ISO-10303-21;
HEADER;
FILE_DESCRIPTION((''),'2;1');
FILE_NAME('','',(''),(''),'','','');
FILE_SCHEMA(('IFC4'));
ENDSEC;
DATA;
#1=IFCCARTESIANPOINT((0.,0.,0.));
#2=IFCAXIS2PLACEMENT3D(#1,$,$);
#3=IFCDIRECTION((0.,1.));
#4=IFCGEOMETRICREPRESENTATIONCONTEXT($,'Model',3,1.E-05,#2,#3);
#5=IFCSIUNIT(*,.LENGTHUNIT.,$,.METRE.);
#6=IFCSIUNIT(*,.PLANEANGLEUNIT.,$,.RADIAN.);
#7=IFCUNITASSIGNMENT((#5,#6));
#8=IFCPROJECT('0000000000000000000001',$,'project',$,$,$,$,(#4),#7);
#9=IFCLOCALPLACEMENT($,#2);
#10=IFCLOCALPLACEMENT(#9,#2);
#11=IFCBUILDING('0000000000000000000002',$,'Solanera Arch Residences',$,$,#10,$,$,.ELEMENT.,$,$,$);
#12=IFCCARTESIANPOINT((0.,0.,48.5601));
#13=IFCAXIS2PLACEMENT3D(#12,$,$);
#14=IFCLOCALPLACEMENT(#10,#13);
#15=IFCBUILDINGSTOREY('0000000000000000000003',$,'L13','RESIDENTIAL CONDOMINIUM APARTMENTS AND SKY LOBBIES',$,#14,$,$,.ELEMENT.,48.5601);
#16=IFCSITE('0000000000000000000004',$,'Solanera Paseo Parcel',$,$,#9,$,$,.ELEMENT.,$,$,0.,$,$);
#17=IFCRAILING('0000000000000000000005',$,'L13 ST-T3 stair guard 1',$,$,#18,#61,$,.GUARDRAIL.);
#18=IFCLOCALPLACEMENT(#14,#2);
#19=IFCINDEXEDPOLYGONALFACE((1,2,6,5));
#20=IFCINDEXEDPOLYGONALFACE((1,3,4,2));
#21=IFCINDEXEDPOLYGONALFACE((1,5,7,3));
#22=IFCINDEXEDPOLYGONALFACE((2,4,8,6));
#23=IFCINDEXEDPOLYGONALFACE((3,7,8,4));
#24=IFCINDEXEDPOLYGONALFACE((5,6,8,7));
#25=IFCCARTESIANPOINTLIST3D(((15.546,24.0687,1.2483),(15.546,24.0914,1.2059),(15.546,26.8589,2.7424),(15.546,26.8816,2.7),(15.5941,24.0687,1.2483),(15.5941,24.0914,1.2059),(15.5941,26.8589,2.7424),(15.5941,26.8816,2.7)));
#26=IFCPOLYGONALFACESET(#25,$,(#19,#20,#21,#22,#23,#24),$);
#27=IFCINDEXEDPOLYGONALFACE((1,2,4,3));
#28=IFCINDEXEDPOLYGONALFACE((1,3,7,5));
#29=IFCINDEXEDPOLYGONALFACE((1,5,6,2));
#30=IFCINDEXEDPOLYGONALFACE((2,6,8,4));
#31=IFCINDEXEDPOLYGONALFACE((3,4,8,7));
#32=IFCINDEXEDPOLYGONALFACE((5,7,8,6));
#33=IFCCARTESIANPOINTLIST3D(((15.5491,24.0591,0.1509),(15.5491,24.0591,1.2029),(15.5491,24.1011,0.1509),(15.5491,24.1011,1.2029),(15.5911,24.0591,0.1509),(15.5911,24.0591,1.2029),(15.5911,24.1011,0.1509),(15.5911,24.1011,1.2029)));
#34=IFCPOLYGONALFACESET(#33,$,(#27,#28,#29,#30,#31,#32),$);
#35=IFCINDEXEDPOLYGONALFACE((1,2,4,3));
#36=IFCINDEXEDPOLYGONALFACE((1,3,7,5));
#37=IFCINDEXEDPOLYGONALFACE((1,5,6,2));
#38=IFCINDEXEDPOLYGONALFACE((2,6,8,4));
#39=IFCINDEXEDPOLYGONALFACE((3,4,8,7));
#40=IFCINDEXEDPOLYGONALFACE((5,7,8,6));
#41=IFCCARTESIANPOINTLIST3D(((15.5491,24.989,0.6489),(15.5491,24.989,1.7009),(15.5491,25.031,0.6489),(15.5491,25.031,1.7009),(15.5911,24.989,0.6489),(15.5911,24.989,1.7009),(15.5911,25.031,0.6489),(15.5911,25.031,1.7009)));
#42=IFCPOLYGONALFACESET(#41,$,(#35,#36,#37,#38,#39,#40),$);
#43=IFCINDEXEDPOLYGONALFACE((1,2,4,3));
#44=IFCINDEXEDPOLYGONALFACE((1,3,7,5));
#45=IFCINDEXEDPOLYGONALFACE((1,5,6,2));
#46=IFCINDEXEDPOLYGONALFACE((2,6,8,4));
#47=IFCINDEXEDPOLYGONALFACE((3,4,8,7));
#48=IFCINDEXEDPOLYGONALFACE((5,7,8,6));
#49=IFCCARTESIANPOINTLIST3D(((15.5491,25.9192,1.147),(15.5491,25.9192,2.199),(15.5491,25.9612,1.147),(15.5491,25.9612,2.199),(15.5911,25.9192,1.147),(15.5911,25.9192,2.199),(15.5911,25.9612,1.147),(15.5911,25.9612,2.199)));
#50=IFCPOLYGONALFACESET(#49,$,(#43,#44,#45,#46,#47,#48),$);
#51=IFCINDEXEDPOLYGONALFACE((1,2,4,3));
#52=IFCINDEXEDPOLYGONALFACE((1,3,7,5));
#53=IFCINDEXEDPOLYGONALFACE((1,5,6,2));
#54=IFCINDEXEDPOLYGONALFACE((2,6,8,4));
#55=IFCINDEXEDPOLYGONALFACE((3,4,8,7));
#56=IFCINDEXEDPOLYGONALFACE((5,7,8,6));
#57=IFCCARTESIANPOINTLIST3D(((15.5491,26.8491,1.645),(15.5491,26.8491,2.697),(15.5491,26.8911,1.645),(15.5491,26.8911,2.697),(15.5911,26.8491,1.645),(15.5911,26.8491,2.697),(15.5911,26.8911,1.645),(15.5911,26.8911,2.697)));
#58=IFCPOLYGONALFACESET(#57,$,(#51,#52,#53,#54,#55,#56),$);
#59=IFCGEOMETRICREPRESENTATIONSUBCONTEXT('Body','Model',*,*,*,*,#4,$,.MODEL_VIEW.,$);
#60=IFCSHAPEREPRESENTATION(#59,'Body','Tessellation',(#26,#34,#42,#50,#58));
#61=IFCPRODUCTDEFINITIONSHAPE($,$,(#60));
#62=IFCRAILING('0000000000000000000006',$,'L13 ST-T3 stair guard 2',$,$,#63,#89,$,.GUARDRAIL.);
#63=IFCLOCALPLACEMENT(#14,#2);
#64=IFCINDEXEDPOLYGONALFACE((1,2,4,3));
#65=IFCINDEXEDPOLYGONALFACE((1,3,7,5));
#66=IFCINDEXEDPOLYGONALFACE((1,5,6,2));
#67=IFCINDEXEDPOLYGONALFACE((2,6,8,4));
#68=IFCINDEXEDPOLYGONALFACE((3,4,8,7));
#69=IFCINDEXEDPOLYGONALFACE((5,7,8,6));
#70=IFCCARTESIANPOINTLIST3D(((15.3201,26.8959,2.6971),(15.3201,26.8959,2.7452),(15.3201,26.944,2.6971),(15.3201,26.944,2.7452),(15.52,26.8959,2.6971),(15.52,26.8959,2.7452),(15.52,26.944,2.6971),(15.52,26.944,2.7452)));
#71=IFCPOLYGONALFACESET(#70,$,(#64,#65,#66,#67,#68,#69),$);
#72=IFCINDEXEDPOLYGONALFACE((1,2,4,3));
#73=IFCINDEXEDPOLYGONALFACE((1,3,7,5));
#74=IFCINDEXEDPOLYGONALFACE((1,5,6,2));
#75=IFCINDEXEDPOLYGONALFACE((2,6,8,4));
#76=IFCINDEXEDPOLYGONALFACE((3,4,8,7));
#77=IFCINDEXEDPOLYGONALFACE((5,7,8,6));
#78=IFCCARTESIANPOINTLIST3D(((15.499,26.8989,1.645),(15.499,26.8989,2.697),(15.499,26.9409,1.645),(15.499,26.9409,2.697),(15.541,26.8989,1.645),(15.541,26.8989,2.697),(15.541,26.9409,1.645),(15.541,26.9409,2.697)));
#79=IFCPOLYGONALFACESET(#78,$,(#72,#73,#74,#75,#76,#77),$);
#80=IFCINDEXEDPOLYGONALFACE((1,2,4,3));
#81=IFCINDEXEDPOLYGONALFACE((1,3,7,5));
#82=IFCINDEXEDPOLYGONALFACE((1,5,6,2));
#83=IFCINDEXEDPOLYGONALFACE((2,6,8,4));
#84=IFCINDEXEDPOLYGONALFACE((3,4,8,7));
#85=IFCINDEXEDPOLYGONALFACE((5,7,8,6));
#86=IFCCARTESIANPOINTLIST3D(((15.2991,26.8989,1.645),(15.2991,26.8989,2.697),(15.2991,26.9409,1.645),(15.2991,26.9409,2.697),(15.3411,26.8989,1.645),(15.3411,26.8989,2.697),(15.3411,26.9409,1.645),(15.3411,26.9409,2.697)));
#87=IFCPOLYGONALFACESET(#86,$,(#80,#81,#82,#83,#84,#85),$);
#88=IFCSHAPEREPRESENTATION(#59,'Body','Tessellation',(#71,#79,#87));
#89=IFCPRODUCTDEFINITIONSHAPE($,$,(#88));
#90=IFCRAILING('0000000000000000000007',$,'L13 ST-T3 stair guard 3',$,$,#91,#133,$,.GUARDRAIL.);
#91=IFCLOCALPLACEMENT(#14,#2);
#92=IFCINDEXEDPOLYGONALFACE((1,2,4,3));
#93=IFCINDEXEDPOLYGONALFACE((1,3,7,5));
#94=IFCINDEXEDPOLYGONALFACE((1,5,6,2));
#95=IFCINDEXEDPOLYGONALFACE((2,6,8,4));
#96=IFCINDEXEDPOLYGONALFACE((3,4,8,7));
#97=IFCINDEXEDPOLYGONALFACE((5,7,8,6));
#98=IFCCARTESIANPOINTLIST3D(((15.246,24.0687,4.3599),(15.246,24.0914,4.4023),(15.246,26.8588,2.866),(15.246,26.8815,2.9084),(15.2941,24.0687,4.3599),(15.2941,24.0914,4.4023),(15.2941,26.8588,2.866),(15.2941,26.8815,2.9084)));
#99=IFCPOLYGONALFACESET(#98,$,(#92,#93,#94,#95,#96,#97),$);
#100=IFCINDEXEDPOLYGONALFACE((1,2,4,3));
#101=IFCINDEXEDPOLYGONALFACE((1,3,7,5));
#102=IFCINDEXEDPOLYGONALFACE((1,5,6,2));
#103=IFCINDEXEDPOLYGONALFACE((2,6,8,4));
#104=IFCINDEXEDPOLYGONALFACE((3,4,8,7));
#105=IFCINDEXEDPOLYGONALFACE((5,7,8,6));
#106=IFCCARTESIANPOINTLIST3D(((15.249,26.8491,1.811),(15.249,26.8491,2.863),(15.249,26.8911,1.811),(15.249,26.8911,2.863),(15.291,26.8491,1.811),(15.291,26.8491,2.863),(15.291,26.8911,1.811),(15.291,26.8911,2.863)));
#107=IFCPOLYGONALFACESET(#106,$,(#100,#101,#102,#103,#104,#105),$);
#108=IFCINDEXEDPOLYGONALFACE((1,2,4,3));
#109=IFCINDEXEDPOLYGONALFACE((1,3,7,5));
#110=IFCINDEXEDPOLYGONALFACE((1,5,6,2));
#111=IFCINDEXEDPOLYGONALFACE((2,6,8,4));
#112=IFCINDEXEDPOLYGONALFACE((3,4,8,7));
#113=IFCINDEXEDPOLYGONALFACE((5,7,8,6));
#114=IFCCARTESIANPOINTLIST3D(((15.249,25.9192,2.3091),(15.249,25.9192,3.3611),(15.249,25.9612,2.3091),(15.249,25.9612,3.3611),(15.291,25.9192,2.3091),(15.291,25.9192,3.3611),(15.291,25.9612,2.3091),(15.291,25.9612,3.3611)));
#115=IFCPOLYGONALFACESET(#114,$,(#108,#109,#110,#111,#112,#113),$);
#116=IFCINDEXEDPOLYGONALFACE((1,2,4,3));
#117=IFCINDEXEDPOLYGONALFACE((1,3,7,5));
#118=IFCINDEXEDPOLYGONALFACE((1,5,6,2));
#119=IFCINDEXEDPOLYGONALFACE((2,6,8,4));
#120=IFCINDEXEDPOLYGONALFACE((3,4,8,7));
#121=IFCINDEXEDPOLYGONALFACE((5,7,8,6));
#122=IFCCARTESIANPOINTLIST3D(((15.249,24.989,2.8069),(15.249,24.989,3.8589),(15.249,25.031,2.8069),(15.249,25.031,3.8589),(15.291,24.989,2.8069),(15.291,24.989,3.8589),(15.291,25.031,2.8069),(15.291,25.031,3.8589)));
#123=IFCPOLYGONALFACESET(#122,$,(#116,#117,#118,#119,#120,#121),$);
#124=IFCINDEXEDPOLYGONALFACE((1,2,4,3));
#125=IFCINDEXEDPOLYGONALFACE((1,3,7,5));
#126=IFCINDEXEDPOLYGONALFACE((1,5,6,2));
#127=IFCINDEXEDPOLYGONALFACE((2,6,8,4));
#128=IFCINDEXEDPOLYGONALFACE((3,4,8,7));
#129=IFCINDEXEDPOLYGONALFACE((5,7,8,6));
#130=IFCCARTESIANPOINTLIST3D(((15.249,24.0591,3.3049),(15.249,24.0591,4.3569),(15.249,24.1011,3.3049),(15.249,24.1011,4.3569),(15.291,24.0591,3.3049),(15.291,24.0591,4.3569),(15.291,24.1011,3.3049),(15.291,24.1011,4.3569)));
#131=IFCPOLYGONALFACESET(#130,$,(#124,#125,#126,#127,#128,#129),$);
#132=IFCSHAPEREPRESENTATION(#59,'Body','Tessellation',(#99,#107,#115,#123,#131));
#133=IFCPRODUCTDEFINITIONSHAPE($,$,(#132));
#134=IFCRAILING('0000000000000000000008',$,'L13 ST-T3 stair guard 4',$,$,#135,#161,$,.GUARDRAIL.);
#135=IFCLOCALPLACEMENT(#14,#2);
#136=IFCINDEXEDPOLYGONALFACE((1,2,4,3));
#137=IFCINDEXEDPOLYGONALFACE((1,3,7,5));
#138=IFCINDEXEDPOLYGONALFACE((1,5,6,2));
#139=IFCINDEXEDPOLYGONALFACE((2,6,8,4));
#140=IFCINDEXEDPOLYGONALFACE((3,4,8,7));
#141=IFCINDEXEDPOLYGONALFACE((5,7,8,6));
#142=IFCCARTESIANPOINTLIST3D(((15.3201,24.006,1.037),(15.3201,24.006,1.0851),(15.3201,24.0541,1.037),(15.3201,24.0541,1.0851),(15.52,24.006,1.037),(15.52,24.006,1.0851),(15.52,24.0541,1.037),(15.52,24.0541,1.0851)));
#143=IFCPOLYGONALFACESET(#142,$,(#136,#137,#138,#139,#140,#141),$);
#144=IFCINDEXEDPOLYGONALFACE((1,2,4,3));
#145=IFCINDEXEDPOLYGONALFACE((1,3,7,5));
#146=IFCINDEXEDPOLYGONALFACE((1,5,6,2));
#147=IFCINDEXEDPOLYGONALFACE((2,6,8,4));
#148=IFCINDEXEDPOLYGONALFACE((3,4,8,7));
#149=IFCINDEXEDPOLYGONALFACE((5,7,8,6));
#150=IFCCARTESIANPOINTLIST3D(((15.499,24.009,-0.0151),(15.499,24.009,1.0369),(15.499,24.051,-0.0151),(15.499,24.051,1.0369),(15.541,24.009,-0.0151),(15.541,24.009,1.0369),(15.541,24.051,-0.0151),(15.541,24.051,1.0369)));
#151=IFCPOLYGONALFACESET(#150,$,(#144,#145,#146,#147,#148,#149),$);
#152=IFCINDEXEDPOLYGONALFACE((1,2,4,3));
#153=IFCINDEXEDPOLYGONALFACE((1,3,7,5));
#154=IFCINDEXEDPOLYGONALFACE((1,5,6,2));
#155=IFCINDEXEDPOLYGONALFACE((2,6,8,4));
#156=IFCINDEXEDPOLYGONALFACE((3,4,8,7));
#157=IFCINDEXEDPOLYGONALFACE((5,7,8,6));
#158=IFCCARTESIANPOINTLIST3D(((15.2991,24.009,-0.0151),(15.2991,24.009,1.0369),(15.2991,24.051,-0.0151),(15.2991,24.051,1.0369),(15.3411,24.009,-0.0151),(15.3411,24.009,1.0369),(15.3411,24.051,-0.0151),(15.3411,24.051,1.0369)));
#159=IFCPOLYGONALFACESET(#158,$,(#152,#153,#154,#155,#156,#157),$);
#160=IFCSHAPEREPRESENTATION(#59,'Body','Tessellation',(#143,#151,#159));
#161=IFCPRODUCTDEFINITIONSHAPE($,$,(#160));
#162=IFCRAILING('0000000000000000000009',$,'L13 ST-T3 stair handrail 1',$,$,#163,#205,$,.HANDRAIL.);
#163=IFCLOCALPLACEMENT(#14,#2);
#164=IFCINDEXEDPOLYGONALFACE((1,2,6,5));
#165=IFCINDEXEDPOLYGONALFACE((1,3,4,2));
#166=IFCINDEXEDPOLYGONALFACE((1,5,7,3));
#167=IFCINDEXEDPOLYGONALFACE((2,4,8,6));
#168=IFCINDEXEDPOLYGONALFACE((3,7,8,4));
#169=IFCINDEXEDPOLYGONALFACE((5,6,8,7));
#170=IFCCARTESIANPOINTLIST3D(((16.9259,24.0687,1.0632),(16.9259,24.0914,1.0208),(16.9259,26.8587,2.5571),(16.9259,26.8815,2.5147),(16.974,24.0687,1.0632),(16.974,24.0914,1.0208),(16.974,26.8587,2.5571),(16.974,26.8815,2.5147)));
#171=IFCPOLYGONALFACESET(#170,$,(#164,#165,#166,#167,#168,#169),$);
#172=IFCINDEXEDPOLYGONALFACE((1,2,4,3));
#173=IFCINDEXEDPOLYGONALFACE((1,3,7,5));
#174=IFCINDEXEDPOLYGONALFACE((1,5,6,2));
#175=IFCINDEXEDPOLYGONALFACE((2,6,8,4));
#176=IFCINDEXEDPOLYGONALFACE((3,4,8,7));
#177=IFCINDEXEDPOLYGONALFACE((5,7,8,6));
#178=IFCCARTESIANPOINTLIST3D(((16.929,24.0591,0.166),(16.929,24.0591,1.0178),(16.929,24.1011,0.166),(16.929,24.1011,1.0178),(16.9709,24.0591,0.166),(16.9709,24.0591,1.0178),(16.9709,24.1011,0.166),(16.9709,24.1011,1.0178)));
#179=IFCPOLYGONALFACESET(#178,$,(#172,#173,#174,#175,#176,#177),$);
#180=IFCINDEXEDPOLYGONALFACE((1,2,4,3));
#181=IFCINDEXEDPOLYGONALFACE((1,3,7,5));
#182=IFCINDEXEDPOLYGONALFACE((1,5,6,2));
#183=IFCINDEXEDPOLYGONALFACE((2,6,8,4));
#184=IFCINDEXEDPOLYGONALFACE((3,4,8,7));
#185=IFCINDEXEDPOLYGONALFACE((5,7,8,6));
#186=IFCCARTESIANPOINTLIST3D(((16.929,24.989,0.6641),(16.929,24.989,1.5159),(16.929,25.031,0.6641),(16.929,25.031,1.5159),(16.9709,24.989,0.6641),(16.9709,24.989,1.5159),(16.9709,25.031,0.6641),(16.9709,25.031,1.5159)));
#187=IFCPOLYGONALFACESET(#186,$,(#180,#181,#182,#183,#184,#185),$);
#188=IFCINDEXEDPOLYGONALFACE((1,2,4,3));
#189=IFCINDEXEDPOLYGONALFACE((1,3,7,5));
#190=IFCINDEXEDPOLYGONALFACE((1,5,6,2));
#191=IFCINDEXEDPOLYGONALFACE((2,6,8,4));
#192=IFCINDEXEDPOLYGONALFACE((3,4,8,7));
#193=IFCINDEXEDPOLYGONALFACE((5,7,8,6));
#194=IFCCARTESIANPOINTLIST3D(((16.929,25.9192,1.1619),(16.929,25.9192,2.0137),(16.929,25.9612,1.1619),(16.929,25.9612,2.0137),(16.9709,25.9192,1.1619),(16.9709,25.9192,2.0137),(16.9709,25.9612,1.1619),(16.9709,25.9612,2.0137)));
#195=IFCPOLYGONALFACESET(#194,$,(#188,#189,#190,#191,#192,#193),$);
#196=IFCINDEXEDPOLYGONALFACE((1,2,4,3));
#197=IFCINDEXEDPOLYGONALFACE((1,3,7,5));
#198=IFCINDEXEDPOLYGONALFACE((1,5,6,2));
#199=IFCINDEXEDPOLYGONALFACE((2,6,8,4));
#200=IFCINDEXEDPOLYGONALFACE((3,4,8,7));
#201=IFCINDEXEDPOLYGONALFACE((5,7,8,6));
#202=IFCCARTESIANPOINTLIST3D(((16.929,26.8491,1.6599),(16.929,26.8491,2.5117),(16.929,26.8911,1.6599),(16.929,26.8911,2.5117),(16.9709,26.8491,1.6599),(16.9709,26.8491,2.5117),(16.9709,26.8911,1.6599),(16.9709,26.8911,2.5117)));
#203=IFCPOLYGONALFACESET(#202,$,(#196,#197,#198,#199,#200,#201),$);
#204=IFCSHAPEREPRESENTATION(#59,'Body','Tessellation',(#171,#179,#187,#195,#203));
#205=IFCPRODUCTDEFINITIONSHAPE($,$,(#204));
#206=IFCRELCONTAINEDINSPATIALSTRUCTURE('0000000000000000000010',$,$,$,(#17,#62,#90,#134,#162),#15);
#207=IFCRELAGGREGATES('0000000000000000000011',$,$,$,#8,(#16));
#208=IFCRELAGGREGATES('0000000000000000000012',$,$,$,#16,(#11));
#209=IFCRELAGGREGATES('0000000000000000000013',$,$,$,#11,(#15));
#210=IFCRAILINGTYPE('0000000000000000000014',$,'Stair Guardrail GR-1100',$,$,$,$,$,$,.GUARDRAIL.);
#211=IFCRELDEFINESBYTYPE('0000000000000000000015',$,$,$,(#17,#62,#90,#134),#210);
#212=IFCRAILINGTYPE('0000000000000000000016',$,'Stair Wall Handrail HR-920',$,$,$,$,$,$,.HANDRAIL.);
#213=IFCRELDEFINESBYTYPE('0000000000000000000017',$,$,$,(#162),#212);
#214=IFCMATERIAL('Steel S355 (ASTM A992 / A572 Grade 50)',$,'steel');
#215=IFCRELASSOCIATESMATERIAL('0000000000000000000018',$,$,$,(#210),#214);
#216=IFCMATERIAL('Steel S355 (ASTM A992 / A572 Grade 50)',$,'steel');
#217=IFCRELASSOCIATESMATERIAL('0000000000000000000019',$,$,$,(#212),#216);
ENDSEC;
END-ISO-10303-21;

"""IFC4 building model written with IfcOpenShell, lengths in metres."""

from ifc_helpers import new_model, si_unit, direction, frame, origin, origin_2d, place, context, subcontext, project, spatial, rectangle, extrude, material, type_object, element, save


model = new_model("IFC4")

# Units and contexts
model_context = context("Model", 3, precision=1e-05, world=origin(), true_north=direction((0.0, 1.0)))
body_context = subcontext(model_context, "Body", "Model", "MODEL_VIEW")
ifc_project = project(units=[si_unit("LENGTHUNIT", "METRE"), si_unit("PLANEANGLEUNIT", "RADIAN")], contexts=[model_context])

# Site, building, storey
site_placement = place(None, origin())
site = spatial("IfcSite", under=ifc_project, at=site_placement, Name="Solanera Paseo Parcel", CompositionType="ELEMENT", RefElevation=0.0)
building_placement = place(site_placement, origin())
building = spatial("IfcBuilding", under=site, at=building_placement, Name="Solanera Arch Residences", CompositionType="ELEMENT")
storey_placement = place(building_placement, frame((0.0, 0.0, 48.5601)))
storey = spatial("IfcBuildingStorey", under=building, at=storey_placement, Name="L13", Description="RESIDENTIAL CONDOMINIUM APARTMENTS AND SKY LOBBIES", CompositionType="ELEMENT", Elevation=48.5601)

# Railings
ifc_material_1 = material(Name="Steel S355 (ASTM A992 / A572 Grade 50)", Category="steel")
railing_type_1 = type_object("IfcRailingType", Name="Stair Guardrail GR-1100", PredefinedType="GUARDRAIL", material=ifc_material_1)
railing_1_placement = place(storey_placement, frame((15.5701, 24.0801, 0.1509)))
element("IfcRailing", 1, at=railing_1_placement, inside=storey, type_object=railing_type_1, Name="L13 ST-T3 stair guard 1", PredefinedType="GUARDRAIL", context=body_context, shape_type="SweptSolid", body=[
    extrude(rectangle(XDim=0.0481, YDim=0.0481, at=origin_2d()), frame((0.0, 0.0, 1.0762), z_axis=(0.0, 0.881549, 0.472093), x_axis=(-1.0, 0.0, 0.0)), (0.0, 0.0, 1.0), 3.165),
    extrude(rectangle(XDim=0.042, YDim=0.042, at=origin_2d()), origin(), (0.0, 0.0, 1.0), 1.052),
    extrude(rectangle(XDim=0.042, YDim=0.042, at=origin_2d()), frame((0.0, 0.9299, 0.498)), (0.0, 0.0, 1.0), 1.052),
    extrude(rectangle(XDim=0.042, YDim=0.042, at=origin_2d()), frame((0.0, 1.8601, 0.9961)), (0.0, 0.0, 1.0), 1.052),
    extrude(rectangle(XDim=0.042, YDim=0.042, at=origin_2d()), frame((0.0, 2.79, 1.4941)), (0.0, 0.0, 1.0), 1.052),
])
railing_2_placement = place(storey_placement, frame((15.52, 26.9199, 1.645)))
element("IfcRailing", 2, at=railing_2_placement, inside=storey, type_object=railing_type_1, Name="L13 ST-T3 stair guard 2", PredefinedType="GUARDRAIL", context=body_context, shape_type="SweptSolid", body=[
    extrude(rectangle(XDim=0.0481, YDim=0.0481, at=origin_2d()), frame((0.0, 0.0, 1.0762), z_axis=(-1.0, 0.0, 0.0), x_axis=(0.0, -1.0, 0.0)), (0.0, 0.0, 1.0), 0.2),
    extrude(rectangle(XDim=0.042, YDim=0.042, at=origin_2d()), origin(), (0.0, 0.0, 1.0), 1.052),
    extrude(rectangle(XDim=0.042, YDim=0.042, at=origin_2d()), frame((-0.2, 0.0, 0.0)), (0.0, 0.0, 1.0), 1.052),
])
railing_3_placement = place(storey_placement, frame((15.27, 26.8701, 1.811)))
element("IfcRailing", 3, at=railing_3_placement, inside=storey, type_object=railing_type_1, Name="L13 ST-T3 stair guard 3", PredefinedType="GUARDRAIL", context=body_context, shape_type="SweptSolid", body=[
    extrude(rectangle(XDim=0.0481, YDim=0.0481, at=origin_2d()), frame((0.0, 0.0, 1.0762), z_axis=(0.0, -0.881581, 0.472033), x_axis=(1.0, 0.0, 0.0)), (0.0, 0.0, 1.0), 3.1648),
    extrude(rectangle(XDim=0.042, YDim=0.042, at=origin_2d()), origin(), (0.0, 0.0, 1.0), 1.052),
    extrude(rectangle(XDim=0.042, YDim=0.042, at=origin_2d()), frame((0.0, -0.9299, 0.498)), (0.0, 0.0, 1.0), 1.052),
    extrude(rectangle(XDim=0.042, YDim=0.042, at=origin_2d()), frame((0.0, -1.8601, 0.9958)), (0.0, 0.0, 1.0), 1.052),
    extrude(rectangle(XDim=0.042, YDim=0.042, at=origin_2d()), frame((0.0, -2.79, 1.4939)), (0.0, 0.0, 1.0), 1.052),
])
railing_4_placement = place(storey_placement, frame((15.52, 24.03, -0.0151)))
element("IfcRailing", 4, at=railing_4_placement, inside=storey, type_object=railing_type_1, Name="L13 ST-T3 stair guard 4", PredefinedType="GUARDRAIL", context=body_context, shape_type="SweptSolid", body=[
    extrude(rectangle(XDim=0.0481, YDim=0.0481, at=origin_2d()), frame((0.0, 0.0, 1.0762), z_axis=(-1.0, 0.0, 0.0), x_axis=(0.0, -1.0, 0.0)), (0.0, 0.0, 1.0), 0.2),
    extrude(rectangle(XDim=0.042, YDim=0.042, at=origin_2d()), origin(), (0.0, 0.0, 1.0), 1.052),
    extrude(rectangle(XDim=0.042, YDim=0.042, at=origin_2d()), frame((-0.2, 0.0, 0.0)), (0.0, 0.0, 1.0), 1.052),
])
ifc_material_2 = material(Name="Steel S355 (ASTM A992 / A572 Grade 50)", Category="steel")
railing_type_2 = type_object("IfcRailingType", Name="Stair Wall Handrail HR-920", PredefinedType="HANDRAIL", material=ifc_material_2)
railing_5_placement = place(storey_placement, frame((16.95, 24.0801, 0.166)))
element("IfcRailing", 5, at=railing_5_placement, inside=storey, type_object=railing_type_2, Name="L13 ST-T3 stair handrail 1", PredefinedType="HANDRAIL", context=body_context, shape_type="SweptSolid", body=[
    extrude(rectangle(XDim=0.0481, YDim=0.0481, at=origin_2d()), frame((0.0, 0.0, 0.876), z_axis=(0.0, 0.881581, 0.472033), x_axis=(-1.0, 0.0, 0.0)), (0.0, 0.0, 1.0), 3.1648),
    extrude(rectangle(XDim=0.042, YDim=0.042, at=origin_2d()), origin(), (0.0, 0.0, 1.0), 0.8518),
    extrude(rectangle(XDim=0.042, YDim=0.042, at=origin_2d()), frame((0.0, 0.9299, 0.498)), (0.0, 0.0, 1.0), 0.8518),
    extrude(rectangle(XDim=0.042, YDim=0.042, at=origin_2d()), frame((0.0, 1.8601, 0.9958)), (0.0, 0.0, 1.0), 0.8518),
    extrude(rectangle(XDim=0.042, YDim=0.042, at=origin_2d()), frame((0.0, 2.79, 1.4939)), (0.0, 0.0, 1.0), 0.8518),
])

save(model, "model.ifc")
